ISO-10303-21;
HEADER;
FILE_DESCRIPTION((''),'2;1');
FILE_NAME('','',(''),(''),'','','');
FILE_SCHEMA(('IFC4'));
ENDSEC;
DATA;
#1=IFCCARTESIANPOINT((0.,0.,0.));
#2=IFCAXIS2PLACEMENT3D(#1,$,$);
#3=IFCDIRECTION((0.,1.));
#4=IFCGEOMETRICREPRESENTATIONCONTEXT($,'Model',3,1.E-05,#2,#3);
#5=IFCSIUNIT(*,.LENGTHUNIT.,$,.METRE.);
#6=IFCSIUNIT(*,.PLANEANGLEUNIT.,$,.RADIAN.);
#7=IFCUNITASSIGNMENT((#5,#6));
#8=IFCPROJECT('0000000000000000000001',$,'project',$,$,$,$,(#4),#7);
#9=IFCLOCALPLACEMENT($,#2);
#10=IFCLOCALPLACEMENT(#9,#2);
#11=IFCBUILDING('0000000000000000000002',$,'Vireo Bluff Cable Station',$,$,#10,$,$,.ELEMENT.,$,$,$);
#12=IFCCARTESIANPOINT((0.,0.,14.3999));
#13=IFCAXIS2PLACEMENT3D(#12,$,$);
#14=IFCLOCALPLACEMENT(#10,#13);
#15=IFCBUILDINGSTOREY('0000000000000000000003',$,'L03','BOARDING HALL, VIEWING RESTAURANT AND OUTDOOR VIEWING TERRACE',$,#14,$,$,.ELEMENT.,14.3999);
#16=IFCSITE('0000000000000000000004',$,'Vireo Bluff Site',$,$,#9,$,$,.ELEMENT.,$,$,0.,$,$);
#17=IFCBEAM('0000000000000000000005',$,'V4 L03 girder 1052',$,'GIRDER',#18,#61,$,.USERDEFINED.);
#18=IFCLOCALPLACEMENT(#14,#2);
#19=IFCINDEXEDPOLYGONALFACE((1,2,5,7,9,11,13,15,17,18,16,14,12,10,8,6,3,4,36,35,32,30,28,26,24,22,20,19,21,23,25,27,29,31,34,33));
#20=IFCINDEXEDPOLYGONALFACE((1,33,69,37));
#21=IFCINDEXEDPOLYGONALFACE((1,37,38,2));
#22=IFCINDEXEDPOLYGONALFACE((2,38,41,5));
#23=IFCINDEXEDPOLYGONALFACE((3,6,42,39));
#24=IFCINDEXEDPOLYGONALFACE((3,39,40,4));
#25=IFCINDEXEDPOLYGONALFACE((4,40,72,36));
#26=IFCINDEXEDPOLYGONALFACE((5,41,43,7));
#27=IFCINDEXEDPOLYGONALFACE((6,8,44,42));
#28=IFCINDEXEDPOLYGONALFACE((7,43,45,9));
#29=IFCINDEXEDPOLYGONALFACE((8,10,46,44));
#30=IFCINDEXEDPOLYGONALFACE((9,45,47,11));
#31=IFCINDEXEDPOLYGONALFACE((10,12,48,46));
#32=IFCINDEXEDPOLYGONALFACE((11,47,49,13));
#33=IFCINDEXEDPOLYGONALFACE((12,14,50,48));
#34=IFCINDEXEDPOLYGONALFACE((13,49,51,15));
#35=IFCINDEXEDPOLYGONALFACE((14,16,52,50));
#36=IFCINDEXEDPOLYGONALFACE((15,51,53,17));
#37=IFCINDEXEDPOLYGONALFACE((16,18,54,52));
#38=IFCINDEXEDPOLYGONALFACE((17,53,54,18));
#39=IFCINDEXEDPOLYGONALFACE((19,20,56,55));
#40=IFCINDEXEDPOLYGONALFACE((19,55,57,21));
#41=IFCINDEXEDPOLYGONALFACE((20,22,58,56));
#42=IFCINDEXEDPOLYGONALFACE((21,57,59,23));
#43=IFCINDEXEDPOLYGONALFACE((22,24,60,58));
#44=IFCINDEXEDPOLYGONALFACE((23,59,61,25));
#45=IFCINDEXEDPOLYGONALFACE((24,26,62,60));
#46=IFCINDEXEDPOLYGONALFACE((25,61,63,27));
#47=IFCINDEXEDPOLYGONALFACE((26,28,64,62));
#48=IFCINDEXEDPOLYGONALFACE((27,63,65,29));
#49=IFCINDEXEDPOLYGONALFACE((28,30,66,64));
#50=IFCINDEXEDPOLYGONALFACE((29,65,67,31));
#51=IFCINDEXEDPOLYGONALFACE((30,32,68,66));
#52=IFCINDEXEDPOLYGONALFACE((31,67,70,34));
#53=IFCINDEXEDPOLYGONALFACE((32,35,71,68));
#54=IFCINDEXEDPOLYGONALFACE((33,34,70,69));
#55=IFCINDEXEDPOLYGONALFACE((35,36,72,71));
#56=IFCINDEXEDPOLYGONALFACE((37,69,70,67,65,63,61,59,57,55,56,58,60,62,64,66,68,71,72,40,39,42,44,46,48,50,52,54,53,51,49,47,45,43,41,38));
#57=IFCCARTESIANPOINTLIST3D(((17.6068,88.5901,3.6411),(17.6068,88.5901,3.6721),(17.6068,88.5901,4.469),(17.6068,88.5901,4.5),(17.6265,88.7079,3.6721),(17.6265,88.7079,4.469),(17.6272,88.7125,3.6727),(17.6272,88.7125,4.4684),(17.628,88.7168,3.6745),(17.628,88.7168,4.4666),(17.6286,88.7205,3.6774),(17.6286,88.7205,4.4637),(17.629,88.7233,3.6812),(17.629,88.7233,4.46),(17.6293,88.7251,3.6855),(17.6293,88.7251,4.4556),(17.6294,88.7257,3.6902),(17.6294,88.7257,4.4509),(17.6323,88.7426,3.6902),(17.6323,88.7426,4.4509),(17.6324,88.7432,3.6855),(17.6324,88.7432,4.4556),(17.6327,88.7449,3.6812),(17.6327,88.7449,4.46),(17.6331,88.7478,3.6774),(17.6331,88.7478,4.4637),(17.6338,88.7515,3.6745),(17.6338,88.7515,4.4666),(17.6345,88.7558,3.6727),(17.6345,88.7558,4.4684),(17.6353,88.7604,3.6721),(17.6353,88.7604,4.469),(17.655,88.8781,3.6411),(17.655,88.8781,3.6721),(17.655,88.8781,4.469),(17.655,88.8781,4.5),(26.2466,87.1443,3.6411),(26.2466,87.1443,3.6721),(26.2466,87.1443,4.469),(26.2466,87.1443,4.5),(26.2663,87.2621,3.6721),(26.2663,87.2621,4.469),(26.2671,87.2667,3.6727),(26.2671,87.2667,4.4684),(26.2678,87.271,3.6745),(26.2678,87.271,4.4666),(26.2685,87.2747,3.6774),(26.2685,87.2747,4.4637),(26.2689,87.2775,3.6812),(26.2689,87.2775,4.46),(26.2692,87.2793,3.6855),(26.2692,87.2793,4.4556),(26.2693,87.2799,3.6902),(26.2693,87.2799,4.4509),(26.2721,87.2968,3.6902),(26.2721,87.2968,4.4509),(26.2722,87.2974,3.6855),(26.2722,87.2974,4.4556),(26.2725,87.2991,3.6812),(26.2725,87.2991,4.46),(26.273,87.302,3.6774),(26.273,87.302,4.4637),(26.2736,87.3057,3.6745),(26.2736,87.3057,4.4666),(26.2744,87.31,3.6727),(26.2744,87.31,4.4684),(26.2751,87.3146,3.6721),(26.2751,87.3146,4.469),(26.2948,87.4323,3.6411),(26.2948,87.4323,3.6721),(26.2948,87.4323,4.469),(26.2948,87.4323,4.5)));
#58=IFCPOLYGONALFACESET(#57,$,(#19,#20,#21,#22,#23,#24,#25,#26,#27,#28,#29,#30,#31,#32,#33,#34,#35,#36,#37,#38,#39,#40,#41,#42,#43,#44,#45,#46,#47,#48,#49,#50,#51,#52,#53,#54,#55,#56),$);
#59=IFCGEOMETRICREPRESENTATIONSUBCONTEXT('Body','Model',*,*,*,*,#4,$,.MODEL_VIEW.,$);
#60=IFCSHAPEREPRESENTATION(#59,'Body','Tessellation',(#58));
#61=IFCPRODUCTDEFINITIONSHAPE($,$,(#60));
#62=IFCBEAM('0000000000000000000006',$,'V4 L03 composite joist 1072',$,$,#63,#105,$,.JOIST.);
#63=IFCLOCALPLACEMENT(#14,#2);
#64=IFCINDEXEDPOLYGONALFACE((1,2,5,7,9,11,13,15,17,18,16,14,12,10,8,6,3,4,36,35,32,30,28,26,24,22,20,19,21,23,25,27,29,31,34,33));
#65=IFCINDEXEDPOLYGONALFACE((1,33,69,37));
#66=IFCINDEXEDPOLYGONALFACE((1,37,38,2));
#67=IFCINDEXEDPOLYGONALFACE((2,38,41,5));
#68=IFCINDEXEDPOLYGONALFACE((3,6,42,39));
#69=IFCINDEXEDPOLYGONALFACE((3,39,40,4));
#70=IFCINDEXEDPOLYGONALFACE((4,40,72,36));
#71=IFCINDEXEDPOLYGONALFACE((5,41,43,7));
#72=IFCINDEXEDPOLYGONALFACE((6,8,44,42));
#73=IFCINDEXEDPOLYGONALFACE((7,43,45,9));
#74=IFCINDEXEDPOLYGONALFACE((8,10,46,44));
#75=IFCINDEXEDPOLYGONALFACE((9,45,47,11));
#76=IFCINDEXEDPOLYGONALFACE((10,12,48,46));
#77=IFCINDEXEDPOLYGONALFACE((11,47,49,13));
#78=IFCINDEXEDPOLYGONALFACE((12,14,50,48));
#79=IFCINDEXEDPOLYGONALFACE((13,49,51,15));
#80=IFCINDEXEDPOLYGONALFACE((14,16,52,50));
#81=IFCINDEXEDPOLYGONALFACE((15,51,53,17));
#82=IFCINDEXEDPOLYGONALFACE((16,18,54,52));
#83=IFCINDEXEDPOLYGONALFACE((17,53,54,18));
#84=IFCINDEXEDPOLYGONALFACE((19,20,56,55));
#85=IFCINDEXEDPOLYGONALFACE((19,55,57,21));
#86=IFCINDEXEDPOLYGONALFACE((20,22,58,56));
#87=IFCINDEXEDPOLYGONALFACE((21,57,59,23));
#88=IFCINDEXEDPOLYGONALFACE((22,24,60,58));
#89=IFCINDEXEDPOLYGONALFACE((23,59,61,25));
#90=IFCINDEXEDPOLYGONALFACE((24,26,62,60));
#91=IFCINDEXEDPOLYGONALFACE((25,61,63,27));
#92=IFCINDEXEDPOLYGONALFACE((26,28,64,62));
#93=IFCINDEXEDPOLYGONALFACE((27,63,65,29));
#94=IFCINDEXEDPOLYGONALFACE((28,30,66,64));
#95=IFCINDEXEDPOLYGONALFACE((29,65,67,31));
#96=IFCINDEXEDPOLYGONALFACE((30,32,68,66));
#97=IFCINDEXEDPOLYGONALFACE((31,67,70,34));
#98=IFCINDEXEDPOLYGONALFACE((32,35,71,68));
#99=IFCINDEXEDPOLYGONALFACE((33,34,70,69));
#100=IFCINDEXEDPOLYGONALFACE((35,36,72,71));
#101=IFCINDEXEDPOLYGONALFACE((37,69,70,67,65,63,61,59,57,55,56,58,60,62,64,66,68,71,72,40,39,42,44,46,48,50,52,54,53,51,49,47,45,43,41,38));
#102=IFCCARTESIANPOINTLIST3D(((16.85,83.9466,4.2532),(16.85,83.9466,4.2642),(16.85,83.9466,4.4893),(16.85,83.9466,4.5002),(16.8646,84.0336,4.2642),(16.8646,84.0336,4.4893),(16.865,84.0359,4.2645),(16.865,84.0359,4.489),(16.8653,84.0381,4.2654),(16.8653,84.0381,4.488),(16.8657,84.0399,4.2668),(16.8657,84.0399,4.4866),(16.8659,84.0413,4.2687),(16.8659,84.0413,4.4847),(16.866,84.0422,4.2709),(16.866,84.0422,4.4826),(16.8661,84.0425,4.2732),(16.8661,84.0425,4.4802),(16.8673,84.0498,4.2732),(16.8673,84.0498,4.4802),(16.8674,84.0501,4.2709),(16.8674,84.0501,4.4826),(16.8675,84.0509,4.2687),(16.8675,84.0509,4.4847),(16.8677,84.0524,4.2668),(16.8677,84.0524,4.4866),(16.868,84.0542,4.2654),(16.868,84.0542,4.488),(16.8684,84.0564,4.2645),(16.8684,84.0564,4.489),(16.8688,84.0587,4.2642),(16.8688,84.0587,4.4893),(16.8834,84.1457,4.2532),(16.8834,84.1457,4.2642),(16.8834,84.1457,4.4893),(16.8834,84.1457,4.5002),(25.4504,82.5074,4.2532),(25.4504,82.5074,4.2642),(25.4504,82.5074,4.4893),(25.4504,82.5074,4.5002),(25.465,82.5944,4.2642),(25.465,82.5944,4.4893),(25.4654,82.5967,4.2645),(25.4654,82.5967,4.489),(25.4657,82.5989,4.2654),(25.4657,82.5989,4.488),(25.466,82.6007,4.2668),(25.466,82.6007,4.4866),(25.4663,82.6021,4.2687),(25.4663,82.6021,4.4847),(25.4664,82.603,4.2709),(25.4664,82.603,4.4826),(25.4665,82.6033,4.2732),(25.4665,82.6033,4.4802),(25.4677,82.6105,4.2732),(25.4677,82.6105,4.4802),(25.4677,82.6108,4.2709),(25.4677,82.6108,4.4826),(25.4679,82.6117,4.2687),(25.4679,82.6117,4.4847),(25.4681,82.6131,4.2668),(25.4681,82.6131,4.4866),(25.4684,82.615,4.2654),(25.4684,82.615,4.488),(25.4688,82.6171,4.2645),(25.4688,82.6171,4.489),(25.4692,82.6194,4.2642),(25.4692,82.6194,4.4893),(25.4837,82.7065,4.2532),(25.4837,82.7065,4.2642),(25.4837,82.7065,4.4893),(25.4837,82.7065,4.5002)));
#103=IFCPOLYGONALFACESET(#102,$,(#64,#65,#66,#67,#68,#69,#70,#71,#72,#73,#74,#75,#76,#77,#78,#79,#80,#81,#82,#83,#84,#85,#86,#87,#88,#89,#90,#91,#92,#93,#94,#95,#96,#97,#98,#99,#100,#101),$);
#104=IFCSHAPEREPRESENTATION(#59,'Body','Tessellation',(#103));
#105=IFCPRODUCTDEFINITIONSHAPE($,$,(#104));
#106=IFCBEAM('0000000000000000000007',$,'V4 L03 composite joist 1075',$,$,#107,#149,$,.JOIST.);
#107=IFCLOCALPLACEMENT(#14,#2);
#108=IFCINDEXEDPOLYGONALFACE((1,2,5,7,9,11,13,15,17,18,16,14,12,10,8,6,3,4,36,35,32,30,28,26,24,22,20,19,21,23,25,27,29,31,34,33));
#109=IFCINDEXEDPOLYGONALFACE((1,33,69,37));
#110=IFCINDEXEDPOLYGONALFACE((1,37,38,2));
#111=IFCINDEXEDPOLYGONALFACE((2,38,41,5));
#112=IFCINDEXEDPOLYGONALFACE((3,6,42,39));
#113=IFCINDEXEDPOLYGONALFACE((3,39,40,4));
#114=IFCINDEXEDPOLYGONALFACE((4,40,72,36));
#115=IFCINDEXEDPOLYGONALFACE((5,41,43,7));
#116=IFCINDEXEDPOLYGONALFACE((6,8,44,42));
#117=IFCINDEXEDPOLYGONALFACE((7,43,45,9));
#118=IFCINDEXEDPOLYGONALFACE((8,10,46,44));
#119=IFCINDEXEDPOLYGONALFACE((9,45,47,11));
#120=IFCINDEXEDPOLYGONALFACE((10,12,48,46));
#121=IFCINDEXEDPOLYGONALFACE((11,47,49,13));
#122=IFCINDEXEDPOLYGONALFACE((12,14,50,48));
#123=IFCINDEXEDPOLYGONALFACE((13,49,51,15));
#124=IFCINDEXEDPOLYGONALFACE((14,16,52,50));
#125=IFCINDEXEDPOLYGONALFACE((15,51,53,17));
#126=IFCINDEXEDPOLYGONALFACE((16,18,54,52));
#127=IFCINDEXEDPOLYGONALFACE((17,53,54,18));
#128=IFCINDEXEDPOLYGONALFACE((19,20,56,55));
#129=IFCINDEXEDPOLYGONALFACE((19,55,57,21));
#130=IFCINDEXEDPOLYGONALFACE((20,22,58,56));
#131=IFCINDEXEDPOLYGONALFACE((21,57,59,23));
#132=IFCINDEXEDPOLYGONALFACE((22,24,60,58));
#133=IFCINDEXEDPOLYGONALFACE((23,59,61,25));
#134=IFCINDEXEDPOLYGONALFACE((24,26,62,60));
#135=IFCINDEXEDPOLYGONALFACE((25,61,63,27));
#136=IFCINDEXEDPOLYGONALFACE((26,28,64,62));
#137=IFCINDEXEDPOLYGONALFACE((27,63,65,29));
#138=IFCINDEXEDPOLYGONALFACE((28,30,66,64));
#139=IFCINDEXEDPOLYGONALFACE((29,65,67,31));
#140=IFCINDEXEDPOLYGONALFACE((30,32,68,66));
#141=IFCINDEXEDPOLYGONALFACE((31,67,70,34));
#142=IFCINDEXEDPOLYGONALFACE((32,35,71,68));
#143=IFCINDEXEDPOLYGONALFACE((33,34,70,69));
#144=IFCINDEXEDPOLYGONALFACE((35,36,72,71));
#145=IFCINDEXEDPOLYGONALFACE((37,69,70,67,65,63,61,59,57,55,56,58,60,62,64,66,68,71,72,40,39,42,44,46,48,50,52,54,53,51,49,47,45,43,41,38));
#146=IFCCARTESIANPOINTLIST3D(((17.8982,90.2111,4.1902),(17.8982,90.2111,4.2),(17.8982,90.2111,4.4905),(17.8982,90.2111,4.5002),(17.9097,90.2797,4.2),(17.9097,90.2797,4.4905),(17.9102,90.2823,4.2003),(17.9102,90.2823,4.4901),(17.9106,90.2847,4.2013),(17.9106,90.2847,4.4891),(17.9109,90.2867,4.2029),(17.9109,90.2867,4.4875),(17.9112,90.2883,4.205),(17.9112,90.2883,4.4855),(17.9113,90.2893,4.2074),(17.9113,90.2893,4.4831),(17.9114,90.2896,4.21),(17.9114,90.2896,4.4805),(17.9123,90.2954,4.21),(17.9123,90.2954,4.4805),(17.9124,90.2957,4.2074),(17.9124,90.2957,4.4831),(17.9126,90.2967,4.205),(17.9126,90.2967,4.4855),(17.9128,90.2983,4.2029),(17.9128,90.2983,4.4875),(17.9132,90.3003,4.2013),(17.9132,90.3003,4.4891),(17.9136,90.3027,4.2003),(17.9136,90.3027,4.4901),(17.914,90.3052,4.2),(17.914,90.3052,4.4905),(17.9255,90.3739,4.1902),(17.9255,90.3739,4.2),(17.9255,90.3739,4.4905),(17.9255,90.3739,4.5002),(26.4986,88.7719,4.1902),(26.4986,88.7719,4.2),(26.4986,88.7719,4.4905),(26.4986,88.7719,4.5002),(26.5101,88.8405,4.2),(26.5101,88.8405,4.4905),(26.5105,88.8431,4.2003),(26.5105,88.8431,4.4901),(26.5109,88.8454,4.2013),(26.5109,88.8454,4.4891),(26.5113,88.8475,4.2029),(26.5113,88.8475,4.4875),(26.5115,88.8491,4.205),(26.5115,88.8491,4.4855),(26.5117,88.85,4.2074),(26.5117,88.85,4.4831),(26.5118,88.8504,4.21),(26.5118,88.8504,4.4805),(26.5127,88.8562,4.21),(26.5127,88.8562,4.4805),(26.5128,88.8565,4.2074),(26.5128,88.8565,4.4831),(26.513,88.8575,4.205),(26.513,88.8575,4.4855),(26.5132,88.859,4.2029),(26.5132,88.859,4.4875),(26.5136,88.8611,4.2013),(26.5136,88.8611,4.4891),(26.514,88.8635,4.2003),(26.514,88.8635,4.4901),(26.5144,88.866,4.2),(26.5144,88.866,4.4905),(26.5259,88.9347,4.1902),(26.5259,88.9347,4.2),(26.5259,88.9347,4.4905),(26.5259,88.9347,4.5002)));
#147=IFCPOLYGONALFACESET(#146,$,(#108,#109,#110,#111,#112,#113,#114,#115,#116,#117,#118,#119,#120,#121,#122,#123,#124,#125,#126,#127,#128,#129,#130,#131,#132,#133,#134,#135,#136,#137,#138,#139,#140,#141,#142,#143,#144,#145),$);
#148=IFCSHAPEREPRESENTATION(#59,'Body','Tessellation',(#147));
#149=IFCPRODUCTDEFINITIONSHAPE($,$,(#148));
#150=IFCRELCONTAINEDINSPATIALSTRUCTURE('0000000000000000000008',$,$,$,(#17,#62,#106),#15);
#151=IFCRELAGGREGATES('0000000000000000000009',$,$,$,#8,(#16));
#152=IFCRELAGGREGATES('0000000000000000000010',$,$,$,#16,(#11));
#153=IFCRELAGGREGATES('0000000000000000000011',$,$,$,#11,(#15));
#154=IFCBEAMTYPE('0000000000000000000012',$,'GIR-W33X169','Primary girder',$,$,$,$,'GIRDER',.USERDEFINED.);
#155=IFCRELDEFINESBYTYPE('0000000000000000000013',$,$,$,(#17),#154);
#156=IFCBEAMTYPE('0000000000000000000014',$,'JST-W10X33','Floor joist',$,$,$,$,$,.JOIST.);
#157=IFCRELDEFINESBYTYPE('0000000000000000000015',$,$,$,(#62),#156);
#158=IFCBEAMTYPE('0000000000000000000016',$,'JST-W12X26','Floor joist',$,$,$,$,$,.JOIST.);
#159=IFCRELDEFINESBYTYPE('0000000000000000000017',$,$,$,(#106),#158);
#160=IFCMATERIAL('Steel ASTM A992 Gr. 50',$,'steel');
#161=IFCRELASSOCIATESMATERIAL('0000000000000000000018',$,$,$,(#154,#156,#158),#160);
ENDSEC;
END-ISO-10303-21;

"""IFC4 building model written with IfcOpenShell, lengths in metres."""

from ifc_helpers import new_model, si_unit, direction, frame, origin, origin_2d, place, context, subcontext, project, spatial, i_section, extrude, material, material_profile, profile_set, type_object, element, save


model = new_model("IFC4")

# Units and contexts
model_context = context("Model", 3, precision=1e-05, world=origin(), true_north=direction((0.0, 1.0)))
body_context = subcontext(model_context, "Body", "Model", "MODEL_VIEW")
ifc_project = project(units=[si_unit("LENGTHUNIT", "METRE"), si_unit("PLANEANGLEUNIT", "RADIAN")], contexts=[model_context])

# Site, building, storey
site_placement = place(None, origin())
site = spatial("IfcSite", under=ifc_project, at=site_placement, Name="Vireo Bluff Site", CompositionType="ELEMENT", RefElevation=0.0)
building_placement = place(site_placement, origin())
building = spatial("IfcBuilding", under=site, at=building_placement, Name="Vireo Bluff Cable Station", CompositionType="ELEMENT")
storey_placement = place(building_placement, frame((0.0, 0.0, 14.3999)))
storey = spatial("IfcBuildingStorey", under=building, at=storey_placement, Name="L03", Description="BOARDING HALL, VIEWING RESTAURANT AND OUTDOOR VIEWING TERRACE", CompositionType="ELEMENT", Elevation=14.3999)

# Shared definitions
ifc_material_1 = material(Name="Steel ASTM A992 Gr. 50", Category="steel")

# Beams
ifc_material_profile_1 = material_profile(ifc_material_1, i_section(OverallWidth=0.292, OverallDepth=0.8589, WebThickness=0.0171, FlangeThickness=0.031, FilletRadius=0.0181, at=origin_2d()), Name="W33X169")
ifc_profile_set_1 = profile_set([ifc_material_profile_1], Name="Steel ASTM A992 Gr. 50")
beam_type_1 = type_object("IfcBeamType", Name="GIR-W33X169", Description="Primary girder", ElementType="GIRDER", PredefinedType="USERDEFINED", material=ifc_profile_set_1)
beam_1_placement = place(storey_placement, frame((17.6309, 88.7341, 4.0706), z_axis=(0.986286, -0.165045, 0.0), x_axis=(0.165045, 0.986286, 0.0)))
element("IfcBeam", 1, at=beam_1_placement, inside=storey, type_object=beam_type_1, Name="V4 L03 girder 1052", ObjectType="GIRDER", PredefinedType="USERDEFINED", context=body_context, shape_type="SweptSolid", body=[
    extrude(i_section(OverallWidth=0.292, OverallDepth=0.8589, WebThickness=0.0171, FlangeThickness=0.031, FilletRadius=0.0181, at=origin_2d()), origin(), (0.0, 0.0, 1.0), 8.76),
])
ifc_material_profile_2 = material_profile(ifc_material_1, i_section(OverallWidth=0.2019, OverallDepth=0.2471, WebThickness=0.0073, FlangeThickness=0.011, FilletRadius=0.009, at=origin_2d()), Name="W10X33")
ifc_profile_set_2 = profile_set([ifc_material_profile_2], Name="Steel ASTM A992 Gr. 50")
beam_type_2 = type_object("IfcBeamType", Name="JST-W10X33", Description="Floor joist", PredefinedType="JOIST", material=ifc_profile_set_2)
beam_2_placement = place(storey_placement, frame((16.8667, 84.0461, 4.3767), z_axis=(0.986286, -0.165048, 0.0), x_axis=(0.165048, 0.986286, 0.0)))
element("IfcBeam", 2, at=beam_2_placement, inside=storey, type_object=beam_type_2, Name="V4 L03 composite joist 1072", PredefinedType="JOIST", context=body_context, shape_type="SweptSolid", body=[
    extrude(i_section(OverallWidth=0.2019, OverallDepth=0.2471, WebThickness=0.0073, FlangeThickness=0.011, FilletRadius=0.009, at=origin_2d()), origin(), (0.0, 0.0, 1.0), 8.72),
])
ifc_material_profile_3 = material_profile(ifc_material_1, i_section(OverallWidth=0.165, OverallDepth=0.3101, WebThickness=0.0059, FlangeThickness=0.0098, FilletRadius=0.01, at=origin_2d()), Name="W12X26")
ifc_profile_set_3 = profile_set([ifc_material_profile_3], Name="Steel ASTM A992 Gr. 50")
beam_type_3 = type_object("IfcBeamType", Name="JST-W12X26", Description="Floor joist", PredefinedType="JOIST", material=ifc_profile_set_3)
beam_3_placement = place(storey_placement, frame((17.9119, 90.2925, 4.3452), z_axis=(0.986286, -0.165048, 0.0), x_axis=(0.165048, 0.986286, 0.0)))
element("IfcBeam", 3, at=beam_3_placement, inside=storey, type_object=beam_type_3, Name="V4 L03 composite joist 1075", PredefinedType="JOIST", context=body_context, shape_type="SweptSolid", body=[
    extrude(i_section(OverallWidth=0.165, OverallDepth=0.3101, WebThickness=0.0059, FlangeThickness=0.0098, FilletRadius=0.01, at=origin_2d()), origin(), (0.0, 0.0, 1.0), 8.72),
])

save(model, "model.ifc")
